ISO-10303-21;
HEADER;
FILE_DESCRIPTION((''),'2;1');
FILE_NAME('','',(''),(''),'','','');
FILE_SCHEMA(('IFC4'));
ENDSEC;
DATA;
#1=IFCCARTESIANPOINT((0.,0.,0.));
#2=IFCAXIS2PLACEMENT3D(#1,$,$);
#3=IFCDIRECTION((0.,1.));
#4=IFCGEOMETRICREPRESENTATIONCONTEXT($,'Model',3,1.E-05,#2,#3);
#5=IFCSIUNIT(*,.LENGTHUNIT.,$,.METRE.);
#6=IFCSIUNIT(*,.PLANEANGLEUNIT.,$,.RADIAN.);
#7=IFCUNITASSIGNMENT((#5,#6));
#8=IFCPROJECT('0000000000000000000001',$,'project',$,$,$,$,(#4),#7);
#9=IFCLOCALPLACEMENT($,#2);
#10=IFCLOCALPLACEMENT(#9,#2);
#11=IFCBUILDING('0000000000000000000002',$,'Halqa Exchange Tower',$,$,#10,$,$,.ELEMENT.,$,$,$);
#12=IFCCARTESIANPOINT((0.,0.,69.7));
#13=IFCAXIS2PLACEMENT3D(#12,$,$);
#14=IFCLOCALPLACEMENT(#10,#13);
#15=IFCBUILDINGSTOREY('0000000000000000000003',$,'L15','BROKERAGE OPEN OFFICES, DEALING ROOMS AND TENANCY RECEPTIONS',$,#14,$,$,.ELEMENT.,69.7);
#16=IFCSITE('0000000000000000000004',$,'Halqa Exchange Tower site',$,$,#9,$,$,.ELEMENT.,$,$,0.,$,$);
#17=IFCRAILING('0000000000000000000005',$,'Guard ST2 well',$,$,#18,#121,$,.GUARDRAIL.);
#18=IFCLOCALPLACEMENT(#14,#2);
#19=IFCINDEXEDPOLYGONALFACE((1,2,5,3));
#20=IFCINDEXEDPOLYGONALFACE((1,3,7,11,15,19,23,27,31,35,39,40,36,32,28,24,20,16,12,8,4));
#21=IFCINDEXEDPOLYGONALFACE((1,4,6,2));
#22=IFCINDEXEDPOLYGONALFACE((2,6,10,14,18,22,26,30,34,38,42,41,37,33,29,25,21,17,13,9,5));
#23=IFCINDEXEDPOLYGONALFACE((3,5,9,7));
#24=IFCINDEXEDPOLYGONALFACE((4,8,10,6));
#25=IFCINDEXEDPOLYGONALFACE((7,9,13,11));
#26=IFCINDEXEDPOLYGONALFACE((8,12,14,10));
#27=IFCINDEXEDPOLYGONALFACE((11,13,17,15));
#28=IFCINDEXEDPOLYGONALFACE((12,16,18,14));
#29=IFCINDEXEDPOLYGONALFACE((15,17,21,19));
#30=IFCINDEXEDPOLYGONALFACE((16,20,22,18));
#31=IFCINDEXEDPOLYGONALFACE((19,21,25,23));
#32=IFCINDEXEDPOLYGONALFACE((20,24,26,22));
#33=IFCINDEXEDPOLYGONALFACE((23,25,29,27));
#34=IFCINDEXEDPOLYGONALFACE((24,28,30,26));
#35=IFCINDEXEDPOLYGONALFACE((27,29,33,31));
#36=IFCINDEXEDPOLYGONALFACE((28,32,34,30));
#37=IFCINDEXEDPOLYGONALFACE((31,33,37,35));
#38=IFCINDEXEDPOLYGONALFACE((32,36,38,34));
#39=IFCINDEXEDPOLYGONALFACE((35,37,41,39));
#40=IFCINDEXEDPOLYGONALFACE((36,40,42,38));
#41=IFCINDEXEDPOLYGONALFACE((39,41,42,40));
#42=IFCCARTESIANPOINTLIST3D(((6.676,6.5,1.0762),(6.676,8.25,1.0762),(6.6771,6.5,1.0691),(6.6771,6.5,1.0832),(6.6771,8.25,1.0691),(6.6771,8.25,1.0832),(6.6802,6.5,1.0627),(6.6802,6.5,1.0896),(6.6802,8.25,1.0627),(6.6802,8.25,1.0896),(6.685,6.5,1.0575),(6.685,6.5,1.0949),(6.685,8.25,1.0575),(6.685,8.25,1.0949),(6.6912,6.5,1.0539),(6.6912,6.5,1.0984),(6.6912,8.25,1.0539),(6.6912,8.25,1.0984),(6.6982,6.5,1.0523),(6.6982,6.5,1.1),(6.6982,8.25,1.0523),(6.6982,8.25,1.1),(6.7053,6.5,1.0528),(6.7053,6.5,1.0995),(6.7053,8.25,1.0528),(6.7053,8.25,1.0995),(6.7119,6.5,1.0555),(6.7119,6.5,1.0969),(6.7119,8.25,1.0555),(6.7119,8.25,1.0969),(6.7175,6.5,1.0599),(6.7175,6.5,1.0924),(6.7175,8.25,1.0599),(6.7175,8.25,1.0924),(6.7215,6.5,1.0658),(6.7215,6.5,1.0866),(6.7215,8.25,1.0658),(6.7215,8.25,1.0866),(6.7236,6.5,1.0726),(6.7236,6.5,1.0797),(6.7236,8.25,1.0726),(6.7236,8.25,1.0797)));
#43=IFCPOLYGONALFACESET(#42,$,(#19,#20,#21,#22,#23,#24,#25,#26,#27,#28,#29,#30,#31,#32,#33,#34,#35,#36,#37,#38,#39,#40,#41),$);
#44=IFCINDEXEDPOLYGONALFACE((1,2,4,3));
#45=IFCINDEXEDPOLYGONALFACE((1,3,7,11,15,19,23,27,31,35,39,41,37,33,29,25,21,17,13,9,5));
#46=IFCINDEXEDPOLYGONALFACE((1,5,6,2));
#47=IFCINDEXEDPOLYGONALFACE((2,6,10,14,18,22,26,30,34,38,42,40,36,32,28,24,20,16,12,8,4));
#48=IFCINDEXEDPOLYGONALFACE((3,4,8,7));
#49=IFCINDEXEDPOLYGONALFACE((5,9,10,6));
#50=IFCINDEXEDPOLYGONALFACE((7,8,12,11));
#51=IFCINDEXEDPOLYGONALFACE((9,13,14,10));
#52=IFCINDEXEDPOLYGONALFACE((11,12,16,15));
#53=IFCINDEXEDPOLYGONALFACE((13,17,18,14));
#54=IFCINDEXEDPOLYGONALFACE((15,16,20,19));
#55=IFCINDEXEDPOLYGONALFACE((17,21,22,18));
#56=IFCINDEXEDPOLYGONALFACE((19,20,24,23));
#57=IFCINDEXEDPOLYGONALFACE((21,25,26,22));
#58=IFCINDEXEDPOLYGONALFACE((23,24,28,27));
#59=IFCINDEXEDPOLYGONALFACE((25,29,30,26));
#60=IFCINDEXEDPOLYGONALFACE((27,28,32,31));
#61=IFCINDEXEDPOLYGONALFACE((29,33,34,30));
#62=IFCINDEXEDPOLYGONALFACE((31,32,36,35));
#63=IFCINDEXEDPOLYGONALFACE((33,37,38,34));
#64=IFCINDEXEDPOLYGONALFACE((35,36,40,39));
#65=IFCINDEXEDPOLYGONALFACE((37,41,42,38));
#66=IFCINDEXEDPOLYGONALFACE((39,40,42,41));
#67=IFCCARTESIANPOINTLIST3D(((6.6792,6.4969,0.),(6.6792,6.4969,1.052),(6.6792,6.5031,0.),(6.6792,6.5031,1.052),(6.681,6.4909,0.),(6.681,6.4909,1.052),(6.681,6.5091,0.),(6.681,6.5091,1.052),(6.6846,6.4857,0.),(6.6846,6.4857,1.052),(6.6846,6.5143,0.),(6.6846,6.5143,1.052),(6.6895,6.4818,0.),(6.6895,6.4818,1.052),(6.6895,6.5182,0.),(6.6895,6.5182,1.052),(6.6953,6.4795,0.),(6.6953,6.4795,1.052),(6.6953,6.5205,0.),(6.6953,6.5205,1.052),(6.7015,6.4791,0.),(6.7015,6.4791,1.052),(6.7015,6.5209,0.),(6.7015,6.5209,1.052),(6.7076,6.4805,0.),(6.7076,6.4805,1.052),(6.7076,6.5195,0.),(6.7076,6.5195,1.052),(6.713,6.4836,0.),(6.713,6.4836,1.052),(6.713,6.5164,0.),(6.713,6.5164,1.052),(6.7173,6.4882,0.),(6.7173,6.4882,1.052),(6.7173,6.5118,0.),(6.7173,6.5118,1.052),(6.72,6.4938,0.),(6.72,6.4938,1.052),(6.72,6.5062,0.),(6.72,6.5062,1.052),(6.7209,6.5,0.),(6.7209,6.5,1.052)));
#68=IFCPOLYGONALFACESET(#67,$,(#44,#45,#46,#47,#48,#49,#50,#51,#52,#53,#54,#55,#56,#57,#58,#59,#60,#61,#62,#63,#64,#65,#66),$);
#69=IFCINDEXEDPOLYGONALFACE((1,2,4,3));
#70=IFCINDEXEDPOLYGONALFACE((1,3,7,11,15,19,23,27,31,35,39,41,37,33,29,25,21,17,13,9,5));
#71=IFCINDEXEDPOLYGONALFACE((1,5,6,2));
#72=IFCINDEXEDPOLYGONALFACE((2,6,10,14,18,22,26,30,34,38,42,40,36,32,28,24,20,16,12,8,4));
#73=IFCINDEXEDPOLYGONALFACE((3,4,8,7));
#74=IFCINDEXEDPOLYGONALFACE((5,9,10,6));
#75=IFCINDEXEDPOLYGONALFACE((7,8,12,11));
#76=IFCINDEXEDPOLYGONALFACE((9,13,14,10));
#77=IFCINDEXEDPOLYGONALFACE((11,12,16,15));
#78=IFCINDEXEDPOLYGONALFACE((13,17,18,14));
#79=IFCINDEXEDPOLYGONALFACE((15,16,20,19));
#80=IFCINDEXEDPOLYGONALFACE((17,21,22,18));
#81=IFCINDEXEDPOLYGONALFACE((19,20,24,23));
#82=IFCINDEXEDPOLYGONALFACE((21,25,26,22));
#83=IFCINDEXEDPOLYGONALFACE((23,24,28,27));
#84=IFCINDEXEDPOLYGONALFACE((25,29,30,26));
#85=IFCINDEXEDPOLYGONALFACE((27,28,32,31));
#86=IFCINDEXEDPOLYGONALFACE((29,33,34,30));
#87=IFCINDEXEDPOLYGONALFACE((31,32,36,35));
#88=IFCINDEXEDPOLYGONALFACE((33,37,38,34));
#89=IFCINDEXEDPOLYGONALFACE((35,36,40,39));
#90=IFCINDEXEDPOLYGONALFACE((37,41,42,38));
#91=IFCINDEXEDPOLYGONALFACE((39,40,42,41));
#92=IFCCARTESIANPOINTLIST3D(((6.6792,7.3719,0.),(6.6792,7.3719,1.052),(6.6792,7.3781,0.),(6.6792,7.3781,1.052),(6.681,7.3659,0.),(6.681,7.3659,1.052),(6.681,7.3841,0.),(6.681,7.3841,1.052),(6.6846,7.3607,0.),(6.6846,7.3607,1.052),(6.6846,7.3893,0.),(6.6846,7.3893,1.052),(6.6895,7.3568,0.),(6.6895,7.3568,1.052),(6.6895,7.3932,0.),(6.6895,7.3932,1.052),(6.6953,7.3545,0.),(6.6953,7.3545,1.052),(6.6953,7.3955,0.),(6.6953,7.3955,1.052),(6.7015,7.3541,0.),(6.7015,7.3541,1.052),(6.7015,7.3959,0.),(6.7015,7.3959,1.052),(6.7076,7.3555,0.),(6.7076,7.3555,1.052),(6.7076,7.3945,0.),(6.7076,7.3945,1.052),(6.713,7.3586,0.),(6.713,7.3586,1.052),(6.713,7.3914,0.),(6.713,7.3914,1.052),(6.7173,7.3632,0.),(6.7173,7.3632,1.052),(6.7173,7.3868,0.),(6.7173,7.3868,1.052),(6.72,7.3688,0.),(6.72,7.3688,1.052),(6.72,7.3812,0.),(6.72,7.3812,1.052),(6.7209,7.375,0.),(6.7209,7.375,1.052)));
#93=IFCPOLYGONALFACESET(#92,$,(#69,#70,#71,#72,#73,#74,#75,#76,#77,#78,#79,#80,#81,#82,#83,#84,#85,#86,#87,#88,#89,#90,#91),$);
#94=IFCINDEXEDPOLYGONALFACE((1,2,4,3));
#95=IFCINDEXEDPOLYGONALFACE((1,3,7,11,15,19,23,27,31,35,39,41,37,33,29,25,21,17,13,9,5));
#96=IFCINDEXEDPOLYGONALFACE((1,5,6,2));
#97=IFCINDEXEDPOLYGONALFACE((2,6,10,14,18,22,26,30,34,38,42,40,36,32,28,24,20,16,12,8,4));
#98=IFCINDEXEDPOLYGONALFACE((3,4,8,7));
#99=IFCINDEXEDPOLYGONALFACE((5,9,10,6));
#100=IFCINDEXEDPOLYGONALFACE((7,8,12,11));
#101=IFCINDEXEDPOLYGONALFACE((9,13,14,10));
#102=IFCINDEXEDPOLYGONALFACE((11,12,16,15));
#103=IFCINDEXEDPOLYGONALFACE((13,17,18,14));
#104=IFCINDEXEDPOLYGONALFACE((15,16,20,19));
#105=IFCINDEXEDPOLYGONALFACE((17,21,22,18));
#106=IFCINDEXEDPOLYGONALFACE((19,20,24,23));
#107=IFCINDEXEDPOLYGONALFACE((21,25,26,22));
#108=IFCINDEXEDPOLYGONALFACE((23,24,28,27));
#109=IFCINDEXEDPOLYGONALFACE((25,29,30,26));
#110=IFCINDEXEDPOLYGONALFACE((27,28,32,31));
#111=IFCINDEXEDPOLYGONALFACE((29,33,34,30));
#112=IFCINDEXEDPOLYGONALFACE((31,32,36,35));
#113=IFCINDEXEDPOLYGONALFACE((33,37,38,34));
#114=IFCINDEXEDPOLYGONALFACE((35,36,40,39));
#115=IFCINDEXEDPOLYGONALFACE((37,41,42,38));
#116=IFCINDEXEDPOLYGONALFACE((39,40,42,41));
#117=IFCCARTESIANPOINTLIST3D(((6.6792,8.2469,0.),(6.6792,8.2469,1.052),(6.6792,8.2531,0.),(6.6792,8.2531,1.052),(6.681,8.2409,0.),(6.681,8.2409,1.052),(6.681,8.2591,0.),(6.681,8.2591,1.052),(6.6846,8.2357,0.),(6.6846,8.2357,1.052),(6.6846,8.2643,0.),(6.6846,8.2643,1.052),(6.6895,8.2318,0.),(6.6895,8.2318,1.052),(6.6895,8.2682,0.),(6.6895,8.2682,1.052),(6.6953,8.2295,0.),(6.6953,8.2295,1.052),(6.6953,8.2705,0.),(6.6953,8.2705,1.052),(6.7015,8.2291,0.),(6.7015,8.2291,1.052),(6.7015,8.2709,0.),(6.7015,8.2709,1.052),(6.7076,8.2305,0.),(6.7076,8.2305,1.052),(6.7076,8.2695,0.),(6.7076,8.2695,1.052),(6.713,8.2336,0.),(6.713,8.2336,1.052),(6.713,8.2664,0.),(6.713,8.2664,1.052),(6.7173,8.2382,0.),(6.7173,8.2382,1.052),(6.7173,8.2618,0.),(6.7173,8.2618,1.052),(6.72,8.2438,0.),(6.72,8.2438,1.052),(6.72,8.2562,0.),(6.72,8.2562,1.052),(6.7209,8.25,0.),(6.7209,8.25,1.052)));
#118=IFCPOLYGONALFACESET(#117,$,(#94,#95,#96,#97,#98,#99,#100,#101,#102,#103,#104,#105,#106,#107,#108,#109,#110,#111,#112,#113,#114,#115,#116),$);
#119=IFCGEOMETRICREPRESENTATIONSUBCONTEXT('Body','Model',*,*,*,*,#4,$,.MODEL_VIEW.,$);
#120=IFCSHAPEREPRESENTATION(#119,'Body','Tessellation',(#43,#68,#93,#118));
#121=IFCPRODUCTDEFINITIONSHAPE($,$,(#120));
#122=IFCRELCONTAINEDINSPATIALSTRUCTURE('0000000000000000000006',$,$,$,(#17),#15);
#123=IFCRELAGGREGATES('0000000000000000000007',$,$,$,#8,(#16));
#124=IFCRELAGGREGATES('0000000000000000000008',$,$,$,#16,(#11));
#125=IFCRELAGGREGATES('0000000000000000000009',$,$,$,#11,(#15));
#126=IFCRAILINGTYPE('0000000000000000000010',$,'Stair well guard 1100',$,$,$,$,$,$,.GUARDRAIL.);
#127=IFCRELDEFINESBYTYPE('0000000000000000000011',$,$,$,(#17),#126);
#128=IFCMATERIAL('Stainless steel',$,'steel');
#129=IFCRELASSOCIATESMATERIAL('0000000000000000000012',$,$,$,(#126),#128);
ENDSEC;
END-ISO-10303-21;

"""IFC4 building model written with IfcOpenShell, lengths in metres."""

from ifc_helpers import new_model, si_unit, direction, frame, origin, origin_2d, place, context, subcontext, project, spatial, circle, extrude, material, type_object, element, save


model = new_model("IFC4")

# Units and contexts
model_context = context("Model", 3, precision=1e-05, world=origin(), true_north=direction((0.0, 1.0)))
body_context = subcontext(model_context, "Body", "Model", "MODEL_VIEW")
ifc_project = project(units=[si_unit("LENGTHUNIT", "METRE"), si_unit("PLANEANGLEUNIT", "RADIAN")], contexts=[model_context])

# Site, building, storey
site_placement = place(None, origin())
site = spatial("IfcSite", under=ifc_project, at=site_placement, Name="Halqa Exchange Tower site", CompositionType="ELEMENT", RefElevation=0.0)
building_placement = place(site_placement, origin())
building = spatial("IfcBuilding", under=site, at=building_placement, Name="Halqa Exchange Tower", CompositionType="ELEMENT")
storey_placement = place(building_placement, frame((0.0, 0.0, 69.7)))
storey = spatial("IfcBuildingStorey", under=building, at=storey_placement, Name="L15", Description="BROKERAGE OPEN OFFICES, DEALING ROOMS AND TENANCY RECEPTIONS", CompositionType="ELEMENT", Elevation=69.7)

# Railing
ifc_material_1 = material(Name="Stainless steel", Category="steel")
railing_type_1 = type_object("IfcRailingType", Name="Stair well guard 1100", PredefinedType="GUARDRAIL", material=ifc_material_1)
railing_1_placement = place(storey_placement, frame((6.7, 6.5, 0.0)))
element("IfcRailing", 1, at=railing_1_placement, inside=storey, type_object=railing_type_1, Name="Guard ST2 well", PredefinedType="GUARDRAIL", context=body_context, shape_type="SweptSolid", body=[
    extrude(circle(Radius=0.0239, at=origin_2d()), frame((0.0, 0.0, 1.0762), z_axis=(0.0, 1.0, 0.0), x_axis=(-1.0, 0.0, 0.0)), (0.0, 0.0, 1.0), 1.75),
    extrude(circle(Radius=0.021, at=origin_2d()), origin(), (0.0, 0.0, 1.0), 1.052),
    extrude(circle(Radius=0.021, at=origin_2d()), frame((0.0, 0.875, 0.0)), (0.0, 0.0, 1.0), 1.052),
    extrude(circle(Radius=0.021, at=origin_2d()), frame((0.0, 1.75, 0.0)), (0.0, 0.0, 1.0), 1.052),
])

save(model, "model.ifc")
